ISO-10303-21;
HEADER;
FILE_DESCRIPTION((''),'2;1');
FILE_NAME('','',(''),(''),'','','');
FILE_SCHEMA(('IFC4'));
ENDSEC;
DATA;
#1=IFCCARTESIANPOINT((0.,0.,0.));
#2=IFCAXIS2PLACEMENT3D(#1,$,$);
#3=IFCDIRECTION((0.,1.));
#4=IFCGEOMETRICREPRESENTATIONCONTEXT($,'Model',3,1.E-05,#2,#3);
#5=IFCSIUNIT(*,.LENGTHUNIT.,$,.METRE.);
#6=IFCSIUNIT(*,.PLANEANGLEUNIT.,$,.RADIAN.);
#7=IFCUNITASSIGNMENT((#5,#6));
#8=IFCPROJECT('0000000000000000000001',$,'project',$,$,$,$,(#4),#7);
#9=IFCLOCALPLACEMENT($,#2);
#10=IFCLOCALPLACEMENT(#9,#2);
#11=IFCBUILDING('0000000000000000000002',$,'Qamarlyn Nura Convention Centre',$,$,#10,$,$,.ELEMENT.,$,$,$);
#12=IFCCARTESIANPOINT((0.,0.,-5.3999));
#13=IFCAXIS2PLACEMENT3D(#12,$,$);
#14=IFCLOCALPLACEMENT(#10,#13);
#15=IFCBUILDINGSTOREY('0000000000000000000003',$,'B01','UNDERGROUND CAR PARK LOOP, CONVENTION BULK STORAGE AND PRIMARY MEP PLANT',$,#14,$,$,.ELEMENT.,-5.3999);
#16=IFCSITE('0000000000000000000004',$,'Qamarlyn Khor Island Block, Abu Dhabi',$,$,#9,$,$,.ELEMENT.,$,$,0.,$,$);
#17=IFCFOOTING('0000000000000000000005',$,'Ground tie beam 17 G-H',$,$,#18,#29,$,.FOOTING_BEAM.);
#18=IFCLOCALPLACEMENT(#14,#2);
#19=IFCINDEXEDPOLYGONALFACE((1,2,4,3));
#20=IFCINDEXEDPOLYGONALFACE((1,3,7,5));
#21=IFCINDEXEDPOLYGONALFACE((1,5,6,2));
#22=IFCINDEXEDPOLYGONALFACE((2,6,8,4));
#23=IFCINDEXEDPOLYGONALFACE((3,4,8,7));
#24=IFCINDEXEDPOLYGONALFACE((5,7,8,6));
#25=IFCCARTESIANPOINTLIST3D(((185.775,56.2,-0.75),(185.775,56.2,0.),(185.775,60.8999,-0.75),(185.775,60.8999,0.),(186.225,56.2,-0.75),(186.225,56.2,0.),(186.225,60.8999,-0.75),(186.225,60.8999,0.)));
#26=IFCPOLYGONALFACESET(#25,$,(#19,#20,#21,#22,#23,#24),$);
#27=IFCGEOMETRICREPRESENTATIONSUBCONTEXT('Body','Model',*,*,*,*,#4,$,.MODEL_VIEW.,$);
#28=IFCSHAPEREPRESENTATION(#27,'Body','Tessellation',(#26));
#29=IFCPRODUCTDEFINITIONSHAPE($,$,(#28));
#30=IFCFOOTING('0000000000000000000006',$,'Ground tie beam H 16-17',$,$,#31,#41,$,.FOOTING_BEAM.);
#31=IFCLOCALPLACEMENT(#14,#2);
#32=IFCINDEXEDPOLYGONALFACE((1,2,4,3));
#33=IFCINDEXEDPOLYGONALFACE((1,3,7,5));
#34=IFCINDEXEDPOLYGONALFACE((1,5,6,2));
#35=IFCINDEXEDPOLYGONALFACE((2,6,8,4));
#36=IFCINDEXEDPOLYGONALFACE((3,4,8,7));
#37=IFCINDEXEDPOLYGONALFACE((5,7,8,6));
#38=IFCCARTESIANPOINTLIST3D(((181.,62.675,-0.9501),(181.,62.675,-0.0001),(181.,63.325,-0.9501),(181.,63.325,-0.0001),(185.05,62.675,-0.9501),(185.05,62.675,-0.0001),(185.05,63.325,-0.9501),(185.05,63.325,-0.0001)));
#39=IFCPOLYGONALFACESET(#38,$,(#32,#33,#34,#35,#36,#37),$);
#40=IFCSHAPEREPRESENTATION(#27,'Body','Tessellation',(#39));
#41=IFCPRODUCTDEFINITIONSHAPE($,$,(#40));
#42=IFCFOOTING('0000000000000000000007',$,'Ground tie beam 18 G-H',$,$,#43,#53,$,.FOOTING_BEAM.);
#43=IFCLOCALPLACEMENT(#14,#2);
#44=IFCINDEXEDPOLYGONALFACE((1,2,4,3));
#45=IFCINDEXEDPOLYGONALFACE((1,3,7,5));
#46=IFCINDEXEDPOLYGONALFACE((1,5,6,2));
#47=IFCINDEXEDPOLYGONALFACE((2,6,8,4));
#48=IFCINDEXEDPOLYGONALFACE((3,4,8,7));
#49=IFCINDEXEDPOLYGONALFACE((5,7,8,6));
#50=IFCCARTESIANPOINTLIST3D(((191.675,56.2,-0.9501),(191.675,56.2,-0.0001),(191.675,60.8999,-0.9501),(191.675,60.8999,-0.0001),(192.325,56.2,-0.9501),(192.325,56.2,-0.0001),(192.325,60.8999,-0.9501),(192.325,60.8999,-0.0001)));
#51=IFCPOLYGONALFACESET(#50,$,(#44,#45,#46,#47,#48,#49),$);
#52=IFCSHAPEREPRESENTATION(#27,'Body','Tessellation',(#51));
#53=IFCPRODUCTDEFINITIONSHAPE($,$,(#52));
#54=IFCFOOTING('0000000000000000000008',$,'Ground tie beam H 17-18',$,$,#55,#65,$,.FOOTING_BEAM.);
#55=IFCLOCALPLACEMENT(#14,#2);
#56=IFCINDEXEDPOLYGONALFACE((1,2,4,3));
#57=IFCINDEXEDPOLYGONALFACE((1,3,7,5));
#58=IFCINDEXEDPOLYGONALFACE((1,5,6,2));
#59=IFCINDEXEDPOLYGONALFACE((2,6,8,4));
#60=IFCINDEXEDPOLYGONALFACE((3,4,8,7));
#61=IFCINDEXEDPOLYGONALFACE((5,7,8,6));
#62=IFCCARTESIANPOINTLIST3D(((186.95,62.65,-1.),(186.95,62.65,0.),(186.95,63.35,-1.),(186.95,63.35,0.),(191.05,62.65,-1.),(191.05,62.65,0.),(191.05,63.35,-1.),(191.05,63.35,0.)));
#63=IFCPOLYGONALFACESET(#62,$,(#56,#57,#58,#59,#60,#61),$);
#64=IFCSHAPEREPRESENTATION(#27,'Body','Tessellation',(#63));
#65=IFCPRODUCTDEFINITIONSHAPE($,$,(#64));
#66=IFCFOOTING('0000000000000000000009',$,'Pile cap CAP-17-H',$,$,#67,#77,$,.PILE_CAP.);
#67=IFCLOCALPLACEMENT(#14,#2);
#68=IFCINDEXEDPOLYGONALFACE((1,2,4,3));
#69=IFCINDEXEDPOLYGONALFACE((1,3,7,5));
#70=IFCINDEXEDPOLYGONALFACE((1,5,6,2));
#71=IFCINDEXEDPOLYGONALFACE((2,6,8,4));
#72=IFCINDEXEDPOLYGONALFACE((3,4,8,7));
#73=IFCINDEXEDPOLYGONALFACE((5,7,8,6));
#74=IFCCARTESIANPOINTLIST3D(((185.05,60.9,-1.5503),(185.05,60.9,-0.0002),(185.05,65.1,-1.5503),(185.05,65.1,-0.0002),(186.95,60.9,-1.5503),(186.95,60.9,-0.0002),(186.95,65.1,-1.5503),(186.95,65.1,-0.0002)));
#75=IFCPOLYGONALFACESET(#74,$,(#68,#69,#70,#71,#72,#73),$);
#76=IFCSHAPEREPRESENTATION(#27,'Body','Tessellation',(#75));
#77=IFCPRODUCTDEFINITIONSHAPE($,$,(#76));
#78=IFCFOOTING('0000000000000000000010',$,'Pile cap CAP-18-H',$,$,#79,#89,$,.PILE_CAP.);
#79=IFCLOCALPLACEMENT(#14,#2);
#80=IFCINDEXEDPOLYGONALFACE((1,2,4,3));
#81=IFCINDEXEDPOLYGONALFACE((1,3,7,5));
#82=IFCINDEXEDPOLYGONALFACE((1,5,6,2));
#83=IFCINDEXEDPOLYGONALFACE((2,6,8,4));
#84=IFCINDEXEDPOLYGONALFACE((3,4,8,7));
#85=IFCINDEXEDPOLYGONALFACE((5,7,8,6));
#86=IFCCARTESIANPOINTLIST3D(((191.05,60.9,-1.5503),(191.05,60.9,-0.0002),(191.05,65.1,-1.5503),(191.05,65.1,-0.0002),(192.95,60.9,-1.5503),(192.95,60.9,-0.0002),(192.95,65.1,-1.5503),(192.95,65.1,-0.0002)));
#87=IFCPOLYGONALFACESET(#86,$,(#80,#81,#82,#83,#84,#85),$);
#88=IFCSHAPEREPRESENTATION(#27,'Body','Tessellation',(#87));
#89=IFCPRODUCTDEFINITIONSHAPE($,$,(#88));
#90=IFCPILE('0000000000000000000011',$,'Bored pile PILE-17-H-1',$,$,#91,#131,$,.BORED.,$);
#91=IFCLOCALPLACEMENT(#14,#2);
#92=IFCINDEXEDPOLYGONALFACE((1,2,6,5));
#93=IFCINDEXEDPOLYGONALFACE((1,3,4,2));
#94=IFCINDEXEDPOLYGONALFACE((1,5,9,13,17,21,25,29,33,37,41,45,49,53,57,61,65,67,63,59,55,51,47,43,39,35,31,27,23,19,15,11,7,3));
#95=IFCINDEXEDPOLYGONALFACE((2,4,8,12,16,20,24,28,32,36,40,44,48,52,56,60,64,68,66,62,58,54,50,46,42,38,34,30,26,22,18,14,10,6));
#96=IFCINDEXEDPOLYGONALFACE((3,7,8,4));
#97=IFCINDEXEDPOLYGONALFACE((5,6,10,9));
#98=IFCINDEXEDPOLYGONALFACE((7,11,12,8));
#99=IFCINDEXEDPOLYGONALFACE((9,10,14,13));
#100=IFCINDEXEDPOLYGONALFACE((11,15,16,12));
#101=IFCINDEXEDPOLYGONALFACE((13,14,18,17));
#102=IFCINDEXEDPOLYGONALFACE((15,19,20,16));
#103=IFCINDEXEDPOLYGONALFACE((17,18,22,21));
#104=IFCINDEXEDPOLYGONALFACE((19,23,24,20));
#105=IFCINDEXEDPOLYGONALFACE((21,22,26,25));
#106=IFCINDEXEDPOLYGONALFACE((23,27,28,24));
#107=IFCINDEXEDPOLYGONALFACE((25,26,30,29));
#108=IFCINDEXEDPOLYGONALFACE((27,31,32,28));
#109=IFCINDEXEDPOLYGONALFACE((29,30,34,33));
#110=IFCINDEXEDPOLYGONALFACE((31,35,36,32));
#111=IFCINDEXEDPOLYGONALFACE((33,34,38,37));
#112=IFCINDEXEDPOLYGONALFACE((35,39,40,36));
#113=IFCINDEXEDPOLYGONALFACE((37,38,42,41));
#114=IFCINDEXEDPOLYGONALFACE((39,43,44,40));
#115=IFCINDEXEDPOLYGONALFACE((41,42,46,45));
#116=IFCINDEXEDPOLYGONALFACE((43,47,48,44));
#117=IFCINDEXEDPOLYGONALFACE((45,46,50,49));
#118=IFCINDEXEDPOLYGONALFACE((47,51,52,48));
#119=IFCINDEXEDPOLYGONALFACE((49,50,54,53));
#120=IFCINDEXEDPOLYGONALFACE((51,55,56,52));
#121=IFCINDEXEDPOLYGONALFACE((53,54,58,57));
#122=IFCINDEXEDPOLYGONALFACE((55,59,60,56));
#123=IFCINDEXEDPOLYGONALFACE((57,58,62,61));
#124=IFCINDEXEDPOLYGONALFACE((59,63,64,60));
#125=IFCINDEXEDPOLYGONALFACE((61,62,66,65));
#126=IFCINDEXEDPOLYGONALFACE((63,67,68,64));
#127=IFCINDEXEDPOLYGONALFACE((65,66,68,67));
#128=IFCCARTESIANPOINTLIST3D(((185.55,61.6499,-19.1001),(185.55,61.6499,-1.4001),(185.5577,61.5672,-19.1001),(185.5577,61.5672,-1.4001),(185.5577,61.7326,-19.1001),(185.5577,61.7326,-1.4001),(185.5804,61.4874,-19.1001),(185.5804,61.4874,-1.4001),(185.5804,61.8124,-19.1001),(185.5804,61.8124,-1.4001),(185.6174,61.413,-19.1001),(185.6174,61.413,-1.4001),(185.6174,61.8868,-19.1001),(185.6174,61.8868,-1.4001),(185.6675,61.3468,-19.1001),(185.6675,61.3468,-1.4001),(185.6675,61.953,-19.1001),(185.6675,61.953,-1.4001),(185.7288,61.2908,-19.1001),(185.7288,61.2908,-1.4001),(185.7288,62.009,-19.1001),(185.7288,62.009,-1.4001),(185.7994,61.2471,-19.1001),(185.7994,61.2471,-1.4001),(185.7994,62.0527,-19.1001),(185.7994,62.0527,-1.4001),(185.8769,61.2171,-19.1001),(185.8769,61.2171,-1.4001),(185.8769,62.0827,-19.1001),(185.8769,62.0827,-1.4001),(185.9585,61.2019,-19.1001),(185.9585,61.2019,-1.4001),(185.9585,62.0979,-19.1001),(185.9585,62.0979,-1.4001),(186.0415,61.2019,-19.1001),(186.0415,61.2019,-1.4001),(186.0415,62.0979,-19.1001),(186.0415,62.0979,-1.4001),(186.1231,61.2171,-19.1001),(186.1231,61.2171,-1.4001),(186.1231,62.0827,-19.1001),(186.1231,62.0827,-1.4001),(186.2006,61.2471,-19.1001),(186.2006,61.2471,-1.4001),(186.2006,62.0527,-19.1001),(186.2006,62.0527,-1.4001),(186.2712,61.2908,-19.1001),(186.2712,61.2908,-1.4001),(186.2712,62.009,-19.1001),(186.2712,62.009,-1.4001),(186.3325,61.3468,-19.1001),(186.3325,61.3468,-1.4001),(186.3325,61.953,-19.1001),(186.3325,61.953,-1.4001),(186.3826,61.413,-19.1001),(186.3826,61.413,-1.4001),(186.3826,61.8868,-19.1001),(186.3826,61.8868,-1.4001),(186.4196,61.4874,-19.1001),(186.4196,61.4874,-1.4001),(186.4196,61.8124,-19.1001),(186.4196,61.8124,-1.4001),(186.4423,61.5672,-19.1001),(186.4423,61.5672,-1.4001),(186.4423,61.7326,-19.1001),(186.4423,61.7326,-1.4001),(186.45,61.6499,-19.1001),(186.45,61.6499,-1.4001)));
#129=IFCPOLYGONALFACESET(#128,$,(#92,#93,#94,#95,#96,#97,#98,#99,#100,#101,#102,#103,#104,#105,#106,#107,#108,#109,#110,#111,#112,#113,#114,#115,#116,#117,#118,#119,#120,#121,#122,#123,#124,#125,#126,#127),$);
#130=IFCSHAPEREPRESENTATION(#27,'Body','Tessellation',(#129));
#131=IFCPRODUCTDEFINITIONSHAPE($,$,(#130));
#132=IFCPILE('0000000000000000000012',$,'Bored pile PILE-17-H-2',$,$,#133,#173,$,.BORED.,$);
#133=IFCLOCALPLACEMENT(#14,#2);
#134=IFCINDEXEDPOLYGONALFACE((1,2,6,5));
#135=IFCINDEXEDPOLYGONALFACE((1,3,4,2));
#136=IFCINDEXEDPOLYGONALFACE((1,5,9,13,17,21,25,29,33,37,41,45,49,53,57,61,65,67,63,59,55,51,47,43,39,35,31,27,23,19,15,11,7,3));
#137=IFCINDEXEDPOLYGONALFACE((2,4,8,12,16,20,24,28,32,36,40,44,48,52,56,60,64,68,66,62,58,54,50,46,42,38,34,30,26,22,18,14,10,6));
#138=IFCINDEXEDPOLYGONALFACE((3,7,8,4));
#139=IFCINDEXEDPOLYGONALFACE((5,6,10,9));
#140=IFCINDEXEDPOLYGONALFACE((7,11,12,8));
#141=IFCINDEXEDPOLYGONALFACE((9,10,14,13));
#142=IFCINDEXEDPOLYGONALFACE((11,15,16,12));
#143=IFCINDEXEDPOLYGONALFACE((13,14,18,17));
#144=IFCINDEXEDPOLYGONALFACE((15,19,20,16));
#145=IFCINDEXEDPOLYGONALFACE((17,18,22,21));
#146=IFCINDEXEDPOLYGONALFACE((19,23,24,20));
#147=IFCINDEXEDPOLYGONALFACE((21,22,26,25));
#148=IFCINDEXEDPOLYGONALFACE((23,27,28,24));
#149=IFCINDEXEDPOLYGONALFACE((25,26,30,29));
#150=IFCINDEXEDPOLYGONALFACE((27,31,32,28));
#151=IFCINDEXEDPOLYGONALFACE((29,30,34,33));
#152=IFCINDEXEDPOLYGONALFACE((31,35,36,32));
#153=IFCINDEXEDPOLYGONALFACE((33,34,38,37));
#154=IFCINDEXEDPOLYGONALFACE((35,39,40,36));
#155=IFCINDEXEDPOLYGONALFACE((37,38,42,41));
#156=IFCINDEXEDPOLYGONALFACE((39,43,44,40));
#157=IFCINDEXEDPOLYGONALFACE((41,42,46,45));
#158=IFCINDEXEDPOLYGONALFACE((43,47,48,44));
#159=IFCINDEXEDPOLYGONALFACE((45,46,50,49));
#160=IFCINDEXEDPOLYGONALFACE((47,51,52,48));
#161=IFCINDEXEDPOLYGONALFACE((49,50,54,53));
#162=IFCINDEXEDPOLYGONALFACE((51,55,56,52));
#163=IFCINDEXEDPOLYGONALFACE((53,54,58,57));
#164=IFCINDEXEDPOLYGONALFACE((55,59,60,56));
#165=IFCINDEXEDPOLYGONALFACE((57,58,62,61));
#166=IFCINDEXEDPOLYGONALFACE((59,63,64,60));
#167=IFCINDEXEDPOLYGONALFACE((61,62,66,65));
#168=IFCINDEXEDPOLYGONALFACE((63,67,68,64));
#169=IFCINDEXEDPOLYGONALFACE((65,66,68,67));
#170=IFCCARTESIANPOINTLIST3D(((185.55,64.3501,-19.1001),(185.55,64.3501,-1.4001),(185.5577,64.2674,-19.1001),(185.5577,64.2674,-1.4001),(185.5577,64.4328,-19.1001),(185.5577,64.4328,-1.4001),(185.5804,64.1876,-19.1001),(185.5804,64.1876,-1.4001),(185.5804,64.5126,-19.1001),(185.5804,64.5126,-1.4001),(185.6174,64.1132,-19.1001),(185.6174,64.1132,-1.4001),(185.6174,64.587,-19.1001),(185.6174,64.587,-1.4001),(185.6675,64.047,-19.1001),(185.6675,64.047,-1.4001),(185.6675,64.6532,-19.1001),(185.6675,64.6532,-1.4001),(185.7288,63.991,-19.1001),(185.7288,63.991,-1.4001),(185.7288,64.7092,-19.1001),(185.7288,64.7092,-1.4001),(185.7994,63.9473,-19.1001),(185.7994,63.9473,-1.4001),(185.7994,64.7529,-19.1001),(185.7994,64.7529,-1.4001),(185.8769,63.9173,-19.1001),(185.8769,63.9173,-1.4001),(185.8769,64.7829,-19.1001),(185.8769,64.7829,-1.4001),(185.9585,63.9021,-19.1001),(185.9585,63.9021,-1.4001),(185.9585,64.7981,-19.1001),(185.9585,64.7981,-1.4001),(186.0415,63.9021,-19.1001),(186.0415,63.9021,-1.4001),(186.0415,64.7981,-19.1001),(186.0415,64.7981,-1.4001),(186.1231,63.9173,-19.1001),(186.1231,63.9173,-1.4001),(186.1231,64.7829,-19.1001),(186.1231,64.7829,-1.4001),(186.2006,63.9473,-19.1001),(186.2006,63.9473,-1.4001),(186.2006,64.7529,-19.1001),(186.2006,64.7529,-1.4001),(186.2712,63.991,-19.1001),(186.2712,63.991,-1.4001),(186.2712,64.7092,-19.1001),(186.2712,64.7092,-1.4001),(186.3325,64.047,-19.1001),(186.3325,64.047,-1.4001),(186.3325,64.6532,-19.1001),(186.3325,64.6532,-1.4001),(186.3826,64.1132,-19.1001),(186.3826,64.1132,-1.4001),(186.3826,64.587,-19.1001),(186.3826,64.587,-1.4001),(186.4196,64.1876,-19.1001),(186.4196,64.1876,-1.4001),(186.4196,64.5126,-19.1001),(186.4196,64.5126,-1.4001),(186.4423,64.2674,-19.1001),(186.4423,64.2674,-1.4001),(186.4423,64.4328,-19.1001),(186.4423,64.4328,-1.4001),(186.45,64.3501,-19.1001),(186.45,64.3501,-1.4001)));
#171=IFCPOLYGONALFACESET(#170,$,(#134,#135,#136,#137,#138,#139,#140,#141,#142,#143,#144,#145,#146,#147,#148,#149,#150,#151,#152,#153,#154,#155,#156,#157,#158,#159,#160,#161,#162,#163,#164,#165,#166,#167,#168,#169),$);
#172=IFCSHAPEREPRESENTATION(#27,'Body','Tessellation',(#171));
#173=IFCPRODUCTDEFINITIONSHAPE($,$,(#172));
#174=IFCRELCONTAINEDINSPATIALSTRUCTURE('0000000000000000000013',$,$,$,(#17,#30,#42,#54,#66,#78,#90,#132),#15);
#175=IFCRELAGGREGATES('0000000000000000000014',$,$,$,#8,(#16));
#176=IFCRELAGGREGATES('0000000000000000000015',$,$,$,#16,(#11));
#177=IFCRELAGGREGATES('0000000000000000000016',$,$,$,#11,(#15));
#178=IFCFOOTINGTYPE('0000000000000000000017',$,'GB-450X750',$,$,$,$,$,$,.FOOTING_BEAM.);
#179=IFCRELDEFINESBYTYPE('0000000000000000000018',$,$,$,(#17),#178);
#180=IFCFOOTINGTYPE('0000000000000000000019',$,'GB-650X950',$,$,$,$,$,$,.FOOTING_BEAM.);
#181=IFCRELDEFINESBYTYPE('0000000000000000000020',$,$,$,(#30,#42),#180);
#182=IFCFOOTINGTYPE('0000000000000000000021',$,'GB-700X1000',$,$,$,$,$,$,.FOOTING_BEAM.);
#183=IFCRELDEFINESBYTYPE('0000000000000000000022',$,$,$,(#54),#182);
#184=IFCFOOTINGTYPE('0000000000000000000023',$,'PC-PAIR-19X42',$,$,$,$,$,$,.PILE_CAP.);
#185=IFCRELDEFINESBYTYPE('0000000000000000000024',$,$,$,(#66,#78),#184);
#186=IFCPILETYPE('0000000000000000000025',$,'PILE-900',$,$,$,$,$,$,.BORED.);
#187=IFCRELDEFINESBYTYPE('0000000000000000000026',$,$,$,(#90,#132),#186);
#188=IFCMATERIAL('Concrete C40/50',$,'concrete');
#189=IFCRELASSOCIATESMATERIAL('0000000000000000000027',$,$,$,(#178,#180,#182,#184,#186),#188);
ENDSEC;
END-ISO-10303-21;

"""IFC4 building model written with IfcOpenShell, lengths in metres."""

from ifc_helpers import new_model, si_unit, direction, frame, origin, origin_2d, place, context, subcontext, project, spatial, rectangle, circle, extrude, material, material_profile, profile_set, type_object, element, save


model = new_model("IFC4")

# Units and contexts
model_context = context("Model", 3, precision=1e-05, world=origin(), true_north=direction((0.0, 1.0)))
body_context = subcontext(model_context, "Body", "Model", "MODEL_VIEW")
ifc_project = project(units=[si_unit("LENGTHUNIT", "METRE"), si_unit("PLANEANGLEUNIT", "RADIAN")], contexts=[model_context])

# Site, building, storey
site_placement = place(None, origin())
site = spatial("IfcSite", under=ifc_project, at=site_placement, Name="Qamarlyn Khor Island Block, Abu Dhabi", CompositionType="ELEMENT", RefElevation=0.0)
building_placement = place(site_placement, origin())
building = spatial("IfcBuilding", under=site, at=building_placement, Name="Qamarlyn Nura Convention Centre", CompositionType="ELEMENT")
storey_placement = place(building_placement, frame((0.0, 0.0, -5.3999)))
storey = spatial("IfcBuildingStorey", under=building, at=storey_placement, Name="B01", Description="UNDERGROUND CAR PARK LOOP, CONVENTION BULK STORAGE AND PRIMARY MEP PLANT", CompositionType="ELEMENT", Elevation=-5.3999)

# Footings
ifc_material_1 = material(Name="Concrete C40/50", Category="concrete")
ifc_material_profile_1 = material_profile(ifc_material_1, rectangle(XDim=0.45, YDim=0.75, at=origin_2d()), Name="RC GB 450x750")
ifc_profile_set_1 = profile_set([ifc_material_profile_1], Name="Concrete C40/50")
footing_type_1 = type_object("IfcFootingType", Name="GB-450X750", PredefinedType="FOOTING_BEAM", material=ifc_profile_set_1)
footing_1_placement = place(storey_placement, frame((186.0, 56.2, -0.375), z_axis=(0.0, 1.0, 0.0), x_axis=(-1.0, 0.0, 0.0)))
element("IfcFooting", 1, at=footing_1_placement, inside=storey, type_object=footing_type_1, Name="Ground tie beam 17 G-H", PredefinedType="FOOTING_BEAM", context=body_context, shape_type="SweptSolid", body=[
    extrude(rectangle(XDim=0.45, YDim=0.75, at=origin_2d()), origin(), (0.0, 0.0, 1.0), 4.7),
])
ifc_material_profile_2 = material_profile(ifc_material_1, rectangle(XDim=0.6499, YDim=0.95, at=origin_2d()), Name="RC GB 650x950")
ifc_profile_set_2 = profile_set([ifc_material_profile_2], Name="Concrete C40/50")
footing_type_2 = type_object("IfcFootingType", Name="GB-650X950", PredefinedType="FOOTING_BEAM", material=ifc_profile_set_2)
footing_2_placement = place(storey_placement, frame((181.0, 63.0, -0.4751), z_axis=(1.0, 0.0, 0.0), x_axis=(0.0, 1.0, 0.0)))
element("IfcFooting", 2, at=footing_2_placement, inside=storey, type_object=footing_type_2, Name="Ground tie beam H 16-17", PredefinedType="FOOTING_BEAM", context=body_context, shape_type="SweptSolid", body=[
    extrude(rectangle(XDim=0.6499, YDim=0.95, at=origin_2d()), origin(), (0.0, 0.0, 1.0), 4.05),
])
footing_3_placement = place(storey_placement, frame((192.0, 56.2, -0.4751), z_axis=(0.0, 1.0, 0.0), x_axis=(-1.0, 0.0, 0.0)))
element("IfcFooting", 3, at=footing_3_placement, inside=storey, type_object=footing_type_2, Name="Ground tie beam 18 G-H", PredefinedType="FOOTING_BEAM", context=body_context, shape_type="SweptSolid", body=[
    extrude(rectangle(XDim=0.6499, YDim=0.95, at=origin_2d()), origin(), (0.0, 0.0, 1.0), 4.7),
])
ifc_material_profile_3 = material_profile(ifc_material_1, rectangle(XDim=0.7, YDim=1.0, at=origin_2d()), Name="RC GB 700x1000")
ifc_profile_set_3 = profile_set([ifc_material_profile_3], Name="Concrete C40/50")
footing_type_3 = type_object("IfcFootingType", Name="GB-700X1000", PredefinedType="FOOTING_BEAM", material=ifc_profile_set_3)
footing_4_placement = place(storey_placement, frame((186.95, 63.0, -0.5), z_axis=(1.0, 0.0, 0.0), x_axis=(0.0, 1.0, 0.0)))
element("IfcFooting", 4, at=footing_4_placement, inside=storey, type_object=footing_type_3, Name="Ground tie beam H 17-18", PredefinedType="FOOTING_BEAM", context=body_context, shape_type="SweptSolid", body=[
    extrude(rectangle(XDim=0.7, YDim=1.0, at=origin_2d()), origin(), (0.0, 0.0, 1.0), 4.1001),
])
footing_type_4 = type_object("IfcFootingType", Name="PC-PAIR-19X42", PredefinedType="PILE_CAP", material=ifc_material_1)
for number, where, z_axis, x_axis, name in (
    (5, (186.0, 63.0, -1.5503), (0.0, 0.0, 1.0), (1.0, 0.0, 0.0), "Pile cap CAP-17-H"),
    (6, (192.0, 63.0, -1.5503), (0.0, 0.0, 1.0), (1.0, 0.0, 0.0), "Pile cap CAP-18-H"),
):
    element("IfcFooting", number, at=place(storey_placement, frame(where, z_axis=z_axis, x_axis=x_axis)), inside=storey, type_object=footing_type_4, Name=name, PredefinedType="PILE_CAP", context=body_context, shape_type="SweptSolid", body=[
        extrude(rectangle(XDim=1.8999, YDim=4.2, at=origin_2d()), origin(), (0.0, 0.0, 1.0), 1.55),
    ])

# Piles
ifc_material_profile_4 = material_profile(ifc_material_1, circle(Radius=0.45, at=origin_2d()), Name="BORED PILE 900")
ifc_profile_set_4 = profile_set([ifc_material_profile_4], Name="Concrete C40/50")
pile_type = type_object("IfcPileType", Name="PILE-900", PredefinedType="BORED", material=ifc_profile_set_4)
for number, where, z_axis, x_axis, name in (
    (7, (186.0, 61.6499, -1.4001), (0.0, 0.0, -1.0), (1.0, 0.0, 0.0), "Bored pile PILE-17-H-1"),
    (8, (186.0, 64.3501, -1.4001), (0.0, 0.0, -1.0), (1.0, 0.0, 0.0), "Bored pile PILE-17-H-2"),
):
    element("IfcPile", number, at=place(storey_placement, frame(where, z_axis=z_axis, x_axis=x_axis)), inside=storey, type_object=pile_type, Name=name, PredefinedType="BORED", context=body_context, shape_type="SweptSolid", body=[
        extrude(circle(Radius=0.45, at=origin_2d()), origin(), (0.0, 0.0, 1.0), 17.7),
    ])

save(model, "model.ifc")
